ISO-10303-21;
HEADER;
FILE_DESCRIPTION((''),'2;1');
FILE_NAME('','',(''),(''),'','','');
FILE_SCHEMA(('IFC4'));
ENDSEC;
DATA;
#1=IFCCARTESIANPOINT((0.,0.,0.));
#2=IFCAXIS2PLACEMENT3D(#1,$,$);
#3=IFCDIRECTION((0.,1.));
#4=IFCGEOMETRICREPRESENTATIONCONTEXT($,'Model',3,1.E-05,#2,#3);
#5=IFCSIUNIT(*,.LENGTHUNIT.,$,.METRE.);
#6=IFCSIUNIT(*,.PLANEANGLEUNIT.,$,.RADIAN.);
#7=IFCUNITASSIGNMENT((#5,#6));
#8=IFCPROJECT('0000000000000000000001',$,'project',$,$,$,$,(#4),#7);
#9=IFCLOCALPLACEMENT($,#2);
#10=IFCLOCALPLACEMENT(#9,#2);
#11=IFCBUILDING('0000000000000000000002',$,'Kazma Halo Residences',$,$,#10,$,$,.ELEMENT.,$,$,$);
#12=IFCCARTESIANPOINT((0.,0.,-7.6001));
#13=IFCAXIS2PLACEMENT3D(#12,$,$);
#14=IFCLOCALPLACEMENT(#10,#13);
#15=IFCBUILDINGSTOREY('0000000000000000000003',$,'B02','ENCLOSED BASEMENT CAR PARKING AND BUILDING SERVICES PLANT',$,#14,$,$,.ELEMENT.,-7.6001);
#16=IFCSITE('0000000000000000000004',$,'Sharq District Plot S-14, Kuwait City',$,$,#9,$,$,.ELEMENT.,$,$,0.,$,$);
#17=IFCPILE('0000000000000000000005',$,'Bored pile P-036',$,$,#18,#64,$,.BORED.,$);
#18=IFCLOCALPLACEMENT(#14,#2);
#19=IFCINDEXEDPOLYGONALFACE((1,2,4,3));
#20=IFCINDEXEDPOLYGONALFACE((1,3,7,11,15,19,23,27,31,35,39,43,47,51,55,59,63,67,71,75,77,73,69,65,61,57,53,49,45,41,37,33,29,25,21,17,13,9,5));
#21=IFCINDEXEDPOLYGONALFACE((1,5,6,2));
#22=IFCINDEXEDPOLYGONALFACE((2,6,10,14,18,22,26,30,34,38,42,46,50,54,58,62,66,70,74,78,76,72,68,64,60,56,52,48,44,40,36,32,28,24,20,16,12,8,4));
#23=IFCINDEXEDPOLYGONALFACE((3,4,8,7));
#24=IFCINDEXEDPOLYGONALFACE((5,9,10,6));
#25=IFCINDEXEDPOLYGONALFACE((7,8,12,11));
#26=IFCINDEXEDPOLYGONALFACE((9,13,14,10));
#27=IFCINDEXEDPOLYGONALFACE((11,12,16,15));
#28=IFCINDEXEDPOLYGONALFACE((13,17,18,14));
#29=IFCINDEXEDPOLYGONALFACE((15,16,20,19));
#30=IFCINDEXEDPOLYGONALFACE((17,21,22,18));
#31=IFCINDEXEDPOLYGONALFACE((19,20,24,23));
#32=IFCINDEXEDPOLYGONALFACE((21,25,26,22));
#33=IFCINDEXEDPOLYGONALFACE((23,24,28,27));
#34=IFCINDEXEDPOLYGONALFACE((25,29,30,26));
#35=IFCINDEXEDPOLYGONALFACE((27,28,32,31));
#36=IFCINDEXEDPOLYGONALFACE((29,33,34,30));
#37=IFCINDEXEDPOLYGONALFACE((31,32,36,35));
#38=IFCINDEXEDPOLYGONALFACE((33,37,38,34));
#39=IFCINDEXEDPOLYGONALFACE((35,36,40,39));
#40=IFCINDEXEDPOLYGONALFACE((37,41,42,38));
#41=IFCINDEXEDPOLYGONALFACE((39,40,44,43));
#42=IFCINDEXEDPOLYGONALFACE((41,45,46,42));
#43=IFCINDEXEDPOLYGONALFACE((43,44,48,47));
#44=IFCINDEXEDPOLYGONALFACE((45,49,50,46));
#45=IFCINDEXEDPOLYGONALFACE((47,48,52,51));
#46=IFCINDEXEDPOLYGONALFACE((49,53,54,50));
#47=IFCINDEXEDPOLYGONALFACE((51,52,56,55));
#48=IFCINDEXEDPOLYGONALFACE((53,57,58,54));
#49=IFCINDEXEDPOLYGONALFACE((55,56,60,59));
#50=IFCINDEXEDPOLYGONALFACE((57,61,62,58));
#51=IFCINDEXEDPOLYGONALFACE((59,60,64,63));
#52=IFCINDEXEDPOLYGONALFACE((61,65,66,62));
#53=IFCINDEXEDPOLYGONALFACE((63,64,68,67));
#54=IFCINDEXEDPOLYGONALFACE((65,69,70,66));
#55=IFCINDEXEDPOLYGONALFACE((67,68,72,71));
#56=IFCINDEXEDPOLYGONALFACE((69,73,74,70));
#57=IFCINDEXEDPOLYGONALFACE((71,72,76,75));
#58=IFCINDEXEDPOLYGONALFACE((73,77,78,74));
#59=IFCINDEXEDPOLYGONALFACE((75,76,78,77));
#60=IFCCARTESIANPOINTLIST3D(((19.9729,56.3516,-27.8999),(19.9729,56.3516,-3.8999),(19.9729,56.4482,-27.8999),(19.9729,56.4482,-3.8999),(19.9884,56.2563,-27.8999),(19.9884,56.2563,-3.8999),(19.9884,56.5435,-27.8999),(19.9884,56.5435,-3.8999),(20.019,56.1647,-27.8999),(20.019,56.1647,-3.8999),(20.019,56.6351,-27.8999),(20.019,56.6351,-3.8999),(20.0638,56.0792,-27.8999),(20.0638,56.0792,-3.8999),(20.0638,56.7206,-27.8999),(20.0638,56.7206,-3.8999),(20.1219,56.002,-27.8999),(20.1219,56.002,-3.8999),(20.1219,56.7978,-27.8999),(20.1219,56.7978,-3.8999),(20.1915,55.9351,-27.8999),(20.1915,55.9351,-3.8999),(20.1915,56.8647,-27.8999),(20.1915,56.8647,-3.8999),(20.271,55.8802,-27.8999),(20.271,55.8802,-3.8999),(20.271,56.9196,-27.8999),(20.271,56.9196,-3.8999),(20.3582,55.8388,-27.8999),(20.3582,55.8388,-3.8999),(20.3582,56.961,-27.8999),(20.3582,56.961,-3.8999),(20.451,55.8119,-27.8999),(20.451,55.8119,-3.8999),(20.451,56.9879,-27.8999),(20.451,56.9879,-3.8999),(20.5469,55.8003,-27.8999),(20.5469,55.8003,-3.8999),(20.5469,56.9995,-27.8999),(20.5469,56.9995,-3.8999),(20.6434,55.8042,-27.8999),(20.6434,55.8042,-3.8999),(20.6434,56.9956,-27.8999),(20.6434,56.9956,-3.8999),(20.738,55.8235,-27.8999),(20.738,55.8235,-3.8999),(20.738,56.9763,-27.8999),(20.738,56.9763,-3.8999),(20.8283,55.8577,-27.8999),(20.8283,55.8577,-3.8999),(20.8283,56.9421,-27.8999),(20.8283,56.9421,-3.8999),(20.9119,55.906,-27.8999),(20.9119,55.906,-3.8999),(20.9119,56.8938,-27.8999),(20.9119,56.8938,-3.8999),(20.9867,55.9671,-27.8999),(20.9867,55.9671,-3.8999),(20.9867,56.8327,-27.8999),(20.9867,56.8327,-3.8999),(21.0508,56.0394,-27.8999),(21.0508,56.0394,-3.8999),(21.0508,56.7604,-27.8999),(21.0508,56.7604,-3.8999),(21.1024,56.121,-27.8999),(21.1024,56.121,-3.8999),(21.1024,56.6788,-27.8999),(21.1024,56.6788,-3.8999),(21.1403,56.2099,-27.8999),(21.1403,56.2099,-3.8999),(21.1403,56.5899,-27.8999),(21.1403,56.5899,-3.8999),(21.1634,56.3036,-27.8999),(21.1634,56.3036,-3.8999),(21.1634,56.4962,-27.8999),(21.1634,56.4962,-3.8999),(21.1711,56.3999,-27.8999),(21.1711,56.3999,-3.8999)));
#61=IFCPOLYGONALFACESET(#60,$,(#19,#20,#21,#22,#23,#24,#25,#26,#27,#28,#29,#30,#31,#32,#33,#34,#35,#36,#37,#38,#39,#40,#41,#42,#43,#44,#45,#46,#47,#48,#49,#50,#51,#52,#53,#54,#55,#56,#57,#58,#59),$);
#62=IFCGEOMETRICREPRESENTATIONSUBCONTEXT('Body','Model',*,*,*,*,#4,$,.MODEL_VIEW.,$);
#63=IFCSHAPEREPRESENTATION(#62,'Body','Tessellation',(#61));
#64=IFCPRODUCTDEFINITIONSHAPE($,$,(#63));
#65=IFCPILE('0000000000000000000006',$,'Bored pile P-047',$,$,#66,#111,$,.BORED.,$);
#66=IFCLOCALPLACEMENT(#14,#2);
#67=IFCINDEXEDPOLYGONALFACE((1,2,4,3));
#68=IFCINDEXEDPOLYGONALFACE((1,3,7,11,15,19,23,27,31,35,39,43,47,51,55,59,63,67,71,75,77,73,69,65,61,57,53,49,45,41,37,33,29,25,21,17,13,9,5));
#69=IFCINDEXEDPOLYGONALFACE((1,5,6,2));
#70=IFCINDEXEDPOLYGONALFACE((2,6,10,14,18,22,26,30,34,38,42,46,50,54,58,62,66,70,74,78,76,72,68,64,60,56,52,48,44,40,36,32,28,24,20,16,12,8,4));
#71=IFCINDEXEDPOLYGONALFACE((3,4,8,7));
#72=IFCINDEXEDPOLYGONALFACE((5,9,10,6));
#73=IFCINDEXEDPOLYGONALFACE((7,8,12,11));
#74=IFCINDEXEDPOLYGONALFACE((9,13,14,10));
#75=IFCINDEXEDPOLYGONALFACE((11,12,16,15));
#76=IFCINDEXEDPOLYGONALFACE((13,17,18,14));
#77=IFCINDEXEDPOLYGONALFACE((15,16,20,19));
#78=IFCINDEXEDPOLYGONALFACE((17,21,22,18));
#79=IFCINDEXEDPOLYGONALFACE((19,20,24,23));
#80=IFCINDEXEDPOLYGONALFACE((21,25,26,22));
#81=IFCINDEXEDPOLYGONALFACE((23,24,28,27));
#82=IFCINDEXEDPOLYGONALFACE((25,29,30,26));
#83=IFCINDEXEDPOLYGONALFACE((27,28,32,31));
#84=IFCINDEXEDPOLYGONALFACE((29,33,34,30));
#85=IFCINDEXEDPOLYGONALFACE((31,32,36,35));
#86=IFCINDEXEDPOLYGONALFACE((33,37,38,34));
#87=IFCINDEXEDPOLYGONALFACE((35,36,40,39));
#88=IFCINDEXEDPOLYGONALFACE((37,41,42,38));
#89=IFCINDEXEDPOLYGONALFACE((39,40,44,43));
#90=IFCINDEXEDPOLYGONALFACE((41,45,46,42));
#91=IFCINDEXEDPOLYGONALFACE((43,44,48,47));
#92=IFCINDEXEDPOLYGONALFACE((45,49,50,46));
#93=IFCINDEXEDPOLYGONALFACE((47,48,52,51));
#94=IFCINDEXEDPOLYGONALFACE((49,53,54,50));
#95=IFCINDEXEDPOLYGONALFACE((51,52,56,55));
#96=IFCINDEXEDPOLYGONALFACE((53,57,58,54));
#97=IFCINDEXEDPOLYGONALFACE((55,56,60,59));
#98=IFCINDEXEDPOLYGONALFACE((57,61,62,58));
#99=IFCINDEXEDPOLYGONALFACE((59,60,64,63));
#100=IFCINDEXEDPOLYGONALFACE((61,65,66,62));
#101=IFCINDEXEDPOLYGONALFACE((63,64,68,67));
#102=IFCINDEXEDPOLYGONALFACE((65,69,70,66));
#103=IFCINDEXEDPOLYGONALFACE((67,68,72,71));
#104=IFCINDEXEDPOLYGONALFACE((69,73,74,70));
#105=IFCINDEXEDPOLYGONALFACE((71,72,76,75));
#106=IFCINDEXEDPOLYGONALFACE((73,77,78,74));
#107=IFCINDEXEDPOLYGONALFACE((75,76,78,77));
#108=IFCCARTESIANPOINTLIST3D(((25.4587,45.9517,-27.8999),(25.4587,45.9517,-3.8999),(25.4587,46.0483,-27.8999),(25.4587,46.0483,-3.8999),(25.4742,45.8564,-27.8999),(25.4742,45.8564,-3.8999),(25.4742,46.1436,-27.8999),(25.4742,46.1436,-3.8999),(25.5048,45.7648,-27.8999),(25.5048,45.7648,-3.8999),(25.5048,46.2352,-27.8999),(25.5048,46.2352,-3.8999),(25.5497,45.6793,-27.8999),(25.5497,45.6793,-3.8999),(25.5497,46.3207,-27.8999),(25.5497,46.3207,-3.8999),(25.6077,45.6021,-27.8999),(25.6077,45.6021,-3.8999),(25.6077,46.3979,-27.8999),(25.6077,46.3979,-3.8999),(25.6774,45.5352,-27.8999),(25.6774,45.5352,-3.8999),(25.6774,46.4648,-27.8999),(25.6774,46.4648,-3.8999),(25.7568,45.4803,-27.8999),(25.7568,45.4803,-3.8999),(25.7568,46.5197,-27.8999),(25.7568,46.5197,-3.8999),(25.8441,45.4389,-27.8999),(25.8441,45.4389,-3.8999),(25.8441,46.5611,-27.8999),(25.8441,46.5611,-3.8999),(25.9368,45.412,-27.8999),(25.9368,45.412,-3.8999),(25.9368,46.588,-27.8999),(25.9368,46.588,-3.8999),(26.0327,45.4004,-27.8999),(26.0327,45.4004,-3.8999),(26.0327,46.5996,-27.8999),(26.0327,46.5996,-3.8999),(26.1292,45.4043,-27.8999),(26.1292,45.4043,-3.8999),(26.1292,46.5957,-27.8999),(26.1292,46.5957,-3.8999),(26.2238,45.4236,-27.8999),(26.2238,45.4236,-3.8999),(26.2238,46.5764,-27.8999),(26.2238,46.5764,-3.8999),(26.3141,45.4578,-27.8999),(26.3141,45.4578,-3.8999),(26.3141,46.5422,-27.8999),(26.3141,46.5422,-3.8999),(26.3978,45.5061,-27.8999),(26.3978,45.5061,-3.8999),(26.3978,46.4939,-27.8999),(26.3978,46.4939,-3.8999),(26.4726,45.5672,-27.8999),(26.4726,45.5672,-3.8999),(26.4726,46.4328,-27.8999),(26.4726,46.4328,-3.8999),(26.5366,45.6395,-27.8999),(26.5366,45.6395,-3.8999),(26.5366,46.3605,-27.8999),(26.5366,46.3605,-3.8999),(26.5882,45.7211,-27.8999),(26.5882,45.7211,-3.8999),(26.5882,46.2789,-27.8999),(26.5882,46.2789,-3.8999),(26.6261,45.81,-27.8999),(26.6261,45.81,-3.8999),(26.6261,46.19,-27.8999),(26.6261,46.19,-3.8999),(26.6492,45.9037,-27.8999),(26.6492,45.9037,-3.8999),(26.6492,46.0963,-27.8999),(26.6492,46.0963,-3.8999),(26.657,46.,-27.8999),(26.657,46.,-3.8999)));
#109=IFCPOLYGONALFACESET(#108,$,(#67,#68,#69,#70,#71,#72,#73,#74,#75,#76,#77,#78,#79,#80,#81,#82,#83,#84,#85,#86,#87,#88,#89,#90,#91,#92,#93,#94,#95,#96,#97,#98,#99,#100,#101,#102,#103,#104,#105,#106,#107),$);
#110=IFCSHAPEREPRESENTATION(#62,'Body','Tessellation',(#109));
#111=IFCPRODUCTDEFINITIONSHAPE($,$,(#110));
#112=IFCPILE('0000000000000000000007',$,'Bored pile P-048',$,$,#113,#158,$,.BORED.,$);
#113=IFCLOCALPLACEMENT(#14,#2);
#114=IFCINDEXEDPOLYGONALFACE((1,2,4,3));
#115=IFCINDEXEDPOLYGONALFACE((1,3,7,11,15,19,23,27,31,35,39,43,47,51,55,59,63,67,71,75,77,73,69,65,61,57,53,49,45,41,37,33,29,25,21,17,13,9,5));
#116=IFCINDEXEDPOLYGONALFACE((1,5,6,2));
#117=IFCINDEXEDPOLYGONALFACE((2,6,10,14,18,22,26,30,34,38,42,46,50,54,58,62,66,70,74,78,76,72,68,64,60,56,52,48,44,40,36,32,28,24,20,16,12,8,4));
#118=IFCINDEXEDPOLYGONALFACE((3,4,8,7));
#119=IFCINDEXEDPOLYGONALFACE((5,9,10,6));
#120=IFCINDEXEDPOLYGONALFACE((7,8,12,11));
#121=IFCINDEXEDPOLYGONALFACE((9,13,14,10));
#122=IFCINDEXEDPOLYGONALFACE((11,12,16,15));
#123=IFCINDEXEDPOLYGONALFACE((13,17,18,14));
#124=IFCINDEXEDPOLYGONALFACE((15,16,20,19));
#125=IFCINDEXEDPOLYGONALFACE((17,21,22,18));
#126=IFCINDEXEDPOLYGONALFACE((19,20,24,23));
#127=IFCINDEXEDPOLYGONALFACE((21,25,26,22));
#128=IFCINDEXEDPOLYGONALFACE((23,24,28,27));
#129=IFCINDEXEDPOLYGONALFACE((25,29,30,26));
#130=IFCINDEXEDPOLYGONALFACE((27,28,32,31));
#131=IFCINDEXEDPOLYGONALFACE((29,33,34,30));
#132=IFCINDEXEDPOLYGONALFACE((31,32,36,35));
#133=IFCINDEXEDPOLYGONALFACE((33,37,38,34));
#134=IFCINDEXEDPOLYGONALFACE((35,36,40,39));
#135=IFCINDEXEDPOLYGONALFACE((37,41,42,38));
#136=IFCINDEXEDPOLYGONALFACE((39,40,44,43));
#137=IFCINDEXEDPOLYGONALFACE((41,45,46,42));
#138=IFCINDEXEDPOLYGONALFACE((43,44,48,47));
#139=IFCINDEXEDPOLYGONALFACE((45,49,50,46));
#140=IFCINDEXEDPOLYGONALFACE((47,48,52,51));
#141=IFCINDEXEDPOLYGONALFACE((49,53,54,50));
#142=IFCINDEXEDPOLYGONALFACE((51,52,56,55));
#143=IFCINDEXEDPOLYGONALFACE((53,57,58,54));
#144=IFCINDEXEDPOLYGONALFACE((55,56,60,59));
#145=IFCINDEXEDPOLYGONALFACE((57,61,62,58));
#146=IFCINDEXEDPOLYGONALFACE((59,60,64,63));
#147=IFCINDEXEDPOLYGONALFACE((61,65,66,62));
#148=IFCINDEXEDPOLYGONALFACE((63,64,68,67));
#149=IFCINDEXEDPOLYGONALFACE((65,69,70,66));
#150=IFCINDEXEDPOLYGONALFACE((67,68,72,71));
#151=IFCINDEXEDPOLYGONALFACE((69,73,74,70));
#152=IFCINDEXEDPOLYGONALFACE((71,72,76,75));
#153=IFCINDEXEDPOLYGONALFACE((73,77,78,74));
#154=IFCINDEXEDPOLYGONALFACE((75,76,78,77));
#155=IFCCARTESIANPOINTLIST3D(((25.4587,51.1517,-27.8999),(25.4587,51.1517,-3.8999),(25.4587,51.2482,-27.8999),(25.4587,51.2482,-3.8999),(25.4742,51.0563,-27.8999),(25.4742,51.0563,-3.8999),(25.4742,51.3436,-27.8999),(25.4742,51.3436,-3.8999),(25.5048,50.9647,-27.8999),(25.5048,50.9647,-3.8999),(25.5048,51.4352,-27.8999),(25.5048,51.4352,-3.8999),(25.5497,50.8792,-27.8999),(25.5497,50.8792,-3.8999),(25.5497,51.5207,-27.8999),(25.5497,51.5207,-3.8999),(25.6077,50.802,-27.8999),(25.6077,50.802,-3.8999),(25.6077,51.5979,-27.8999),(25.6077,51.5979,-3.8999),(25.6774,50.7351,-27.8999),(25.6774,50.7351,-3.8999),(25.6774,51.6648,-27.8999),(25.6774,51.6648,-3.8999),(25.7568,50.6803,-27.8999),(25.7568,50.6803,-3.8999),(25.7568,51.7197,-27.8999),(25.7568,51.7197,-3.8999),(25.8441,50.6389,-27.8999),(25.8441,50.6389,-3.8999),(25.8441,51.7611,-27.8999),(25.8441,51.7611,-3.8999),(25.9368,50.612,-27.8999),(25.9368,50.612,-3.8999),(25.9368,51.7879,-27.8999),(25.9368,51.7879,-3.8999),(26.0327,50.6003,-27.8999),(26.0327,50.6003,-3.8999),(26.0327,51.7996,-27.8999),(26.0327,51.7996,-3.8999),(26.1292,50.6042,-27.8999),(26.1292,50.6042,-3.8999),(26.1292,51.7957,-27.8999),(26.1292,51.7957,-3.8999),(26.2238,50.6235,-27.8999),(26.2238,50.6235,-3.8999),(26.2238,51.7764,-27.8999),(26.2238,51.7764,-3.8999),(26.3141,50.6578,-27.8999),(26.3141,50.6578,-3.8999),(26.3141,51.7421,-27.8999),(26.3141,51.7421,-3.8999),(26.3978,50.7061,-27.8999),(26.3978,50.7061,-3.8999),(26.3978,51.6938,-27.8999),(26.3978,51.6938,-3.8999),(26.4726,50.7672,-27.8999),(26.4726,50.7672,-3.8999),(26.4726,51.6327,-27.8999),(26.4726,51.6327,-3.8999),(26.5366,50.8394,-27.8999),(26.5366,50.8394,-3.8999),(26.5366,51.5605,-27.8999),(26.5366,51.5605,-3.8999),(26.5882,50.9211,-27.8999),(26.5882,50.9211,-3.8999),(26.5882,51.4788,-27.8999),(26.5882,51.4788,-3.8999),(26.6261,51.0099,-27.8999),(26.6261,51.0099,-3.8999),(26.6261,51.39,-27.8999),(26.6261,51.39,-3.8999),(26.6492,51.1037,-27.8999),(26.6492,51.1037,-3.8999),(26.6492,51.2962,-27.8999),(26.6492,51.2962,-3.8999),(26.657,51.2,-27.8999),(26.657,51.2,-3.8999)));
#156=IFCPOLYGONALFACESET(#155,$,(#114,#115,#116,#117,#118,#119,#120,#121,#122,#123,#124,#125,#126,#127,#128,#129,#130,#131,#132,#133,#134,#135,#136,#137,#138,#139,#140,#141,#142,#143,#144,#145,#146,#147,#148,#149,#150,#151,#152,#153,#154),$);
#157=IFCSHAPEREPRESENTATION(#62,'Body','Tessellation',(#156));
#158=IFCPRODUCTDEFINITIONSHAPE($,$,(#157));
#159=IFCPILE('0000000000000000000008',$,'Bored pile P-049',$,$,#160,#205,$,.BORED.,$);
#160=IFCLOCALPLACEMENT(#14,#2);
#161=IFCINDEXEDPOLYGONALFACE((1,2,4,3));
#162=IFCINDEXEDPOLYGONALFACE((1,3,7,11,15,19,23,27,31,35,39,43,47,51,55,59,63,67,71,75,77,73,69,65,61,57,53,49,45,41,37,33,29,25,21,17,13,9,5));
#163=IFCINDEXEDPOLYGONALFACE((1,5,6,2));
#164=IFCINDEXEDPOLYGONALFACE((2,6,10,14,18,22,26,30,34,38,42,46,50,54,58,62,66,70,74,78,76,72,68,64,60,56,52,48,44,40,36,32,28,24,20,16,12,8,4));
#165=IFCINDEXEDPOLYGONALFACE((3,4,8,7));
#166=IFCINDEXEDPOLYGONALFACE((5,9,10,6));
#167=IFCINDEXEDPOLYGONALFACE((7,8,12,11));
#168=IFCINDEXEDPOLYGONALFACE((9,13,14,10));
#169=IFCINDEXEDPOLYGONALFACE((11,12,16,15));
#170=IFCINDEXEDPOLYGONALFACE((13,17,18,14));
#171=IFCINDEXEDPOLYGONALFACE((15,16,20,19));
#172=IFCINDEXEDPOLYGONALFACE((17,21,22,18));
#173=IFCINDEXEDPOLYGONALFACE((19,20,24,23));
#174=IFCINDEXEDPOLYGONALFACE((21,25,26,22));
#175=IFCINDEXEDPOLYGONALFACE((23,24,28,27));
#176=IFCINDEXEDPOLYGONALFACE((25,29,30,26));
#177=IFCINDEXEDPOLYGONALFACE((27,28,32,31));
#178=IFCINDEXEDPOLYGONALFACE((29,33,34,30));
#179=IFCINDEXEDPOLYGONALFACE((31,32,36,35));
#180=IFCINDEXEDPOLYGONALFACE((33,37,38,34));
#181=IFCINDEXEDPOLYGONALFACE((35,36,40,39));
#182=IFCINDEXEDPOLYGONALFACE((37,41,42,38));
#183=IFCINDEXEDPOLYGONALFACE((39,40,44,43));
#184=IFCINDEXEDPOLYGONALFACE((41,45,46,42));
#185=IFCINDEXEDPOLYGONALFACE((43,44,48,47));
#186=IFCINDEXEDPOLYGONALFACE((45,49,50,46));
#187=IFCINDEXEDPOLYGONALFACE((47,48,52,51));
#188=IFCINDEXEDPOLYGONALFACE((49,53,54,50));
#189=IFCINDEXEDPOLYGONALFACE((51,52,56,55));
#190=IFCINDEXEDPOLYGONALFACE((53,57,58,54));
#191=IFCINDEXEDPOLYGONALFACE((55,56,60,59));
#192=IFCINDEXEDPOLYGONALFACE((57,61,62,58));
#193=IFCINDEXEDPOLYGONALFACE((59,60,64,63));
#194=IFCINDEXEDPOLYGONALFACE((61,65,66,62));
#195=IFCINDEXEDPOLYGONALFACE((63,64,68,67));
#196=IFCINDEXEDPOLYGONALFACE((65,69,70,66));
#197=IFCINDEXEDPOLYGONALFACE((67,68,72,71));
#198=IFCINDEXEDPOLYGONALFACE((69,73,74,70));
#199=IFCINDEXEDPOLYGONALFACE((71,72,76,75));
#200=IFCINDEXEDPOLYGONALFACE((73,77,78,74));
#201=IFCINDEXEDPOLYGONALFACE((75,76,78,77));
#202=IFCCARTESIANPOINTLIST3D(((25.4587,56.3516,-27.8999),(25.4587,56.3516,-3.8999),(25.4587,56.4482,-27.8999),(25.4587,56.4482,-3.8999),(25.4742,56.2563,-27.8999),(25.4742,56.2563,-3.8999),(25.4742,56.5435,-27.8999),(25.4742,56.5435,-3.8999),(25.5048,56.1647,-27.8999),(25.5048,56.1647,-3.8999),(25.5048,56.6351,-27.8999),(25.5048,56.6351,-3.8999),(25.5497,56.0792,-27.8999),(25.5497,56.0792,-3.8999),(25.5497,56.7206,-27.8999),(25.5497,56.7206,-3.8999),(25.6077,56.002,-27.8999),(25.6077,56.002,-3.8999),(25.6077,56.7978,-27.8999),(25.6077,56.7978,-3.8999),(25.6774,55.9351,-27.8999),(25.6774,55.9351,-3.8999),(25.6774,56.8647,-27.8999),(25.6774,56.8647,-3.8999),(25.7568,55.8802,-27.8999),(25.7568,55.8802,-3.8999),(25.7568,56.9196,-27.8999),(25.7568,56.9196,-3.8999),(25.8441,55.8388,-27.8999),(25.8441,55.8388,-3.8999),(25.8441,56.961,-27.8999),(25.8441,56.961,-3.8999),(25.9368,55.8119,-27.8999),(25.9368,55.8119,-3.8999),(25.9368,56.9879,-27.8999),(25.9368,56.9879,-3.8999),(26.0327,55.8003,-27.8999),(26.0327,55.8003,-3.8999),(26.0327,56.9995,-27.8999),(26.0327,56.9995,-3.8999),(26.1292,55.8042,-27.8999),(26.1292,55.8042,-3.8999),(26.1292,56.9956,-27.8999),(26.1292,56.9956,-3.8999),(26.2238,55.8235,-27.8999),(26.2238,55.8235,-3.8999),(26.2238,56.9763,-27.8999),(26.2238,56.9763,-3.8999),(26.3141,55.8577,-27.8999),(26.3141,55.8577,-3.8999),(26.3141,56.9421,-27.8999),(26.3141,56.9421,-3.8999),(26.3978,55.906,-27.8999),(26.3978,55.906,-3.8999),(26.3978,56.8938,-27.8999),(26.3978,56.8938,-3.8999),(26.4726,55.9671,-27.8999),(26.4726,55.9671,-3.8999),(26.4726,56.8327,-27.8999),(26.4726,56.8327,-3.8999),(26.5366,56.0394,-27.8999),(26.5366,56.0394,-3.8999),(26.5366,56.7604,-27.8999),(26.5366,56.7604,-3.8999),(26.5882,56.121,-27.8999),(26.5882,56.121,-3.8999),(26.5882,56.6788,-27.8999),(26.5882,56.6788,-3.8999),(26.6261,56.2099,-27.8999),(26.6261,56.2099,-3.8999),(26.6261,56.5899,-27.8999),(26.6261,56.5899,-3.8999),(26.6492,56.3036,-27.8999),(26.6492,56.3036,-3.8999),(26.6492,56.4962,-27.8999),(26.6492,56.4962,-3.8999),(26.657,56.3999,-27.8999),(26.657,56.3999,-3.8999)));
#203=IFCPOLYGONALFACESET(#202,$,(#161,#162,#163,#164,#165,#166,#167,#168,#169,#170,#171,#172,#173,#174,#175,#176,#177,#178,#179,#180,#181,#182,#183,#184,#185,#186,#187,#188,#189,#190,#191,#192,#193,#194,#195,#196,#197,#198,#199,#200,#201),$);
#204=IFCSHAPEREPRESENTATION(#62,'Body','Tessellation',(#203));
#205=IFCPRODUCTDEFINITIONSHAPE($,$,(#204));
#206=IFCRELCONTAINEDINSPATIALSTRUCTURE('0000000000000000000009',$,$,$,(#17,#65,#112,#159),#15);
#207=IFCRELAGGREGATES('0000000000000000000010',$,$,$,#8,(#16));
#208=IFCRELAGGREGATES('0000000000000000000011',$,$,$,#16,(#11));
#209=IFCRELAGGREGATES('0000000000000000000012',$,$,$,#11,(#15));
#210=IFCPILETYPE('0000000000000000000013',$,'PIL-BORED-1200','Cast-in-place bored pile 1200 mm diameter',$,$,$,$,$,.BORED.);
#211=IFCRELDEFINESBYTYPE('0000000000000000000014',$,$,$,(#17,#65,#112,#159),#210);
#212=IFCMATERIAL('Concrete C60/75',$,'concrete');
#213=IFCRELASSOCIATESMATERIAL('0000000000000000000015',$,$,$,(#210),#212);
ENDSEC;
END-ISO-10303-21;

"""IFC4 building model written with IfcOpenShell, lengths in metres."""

from ifc_helpers import new_model, si_unit, direction, frame, origin, origin_2d, place, context, subcontext, project, spatial, circle, extrude, material, material_profile, profile_set, type_object, element, save


model = new_model("IFC4")

# Units and contexts
model_context = context("Model", 3, precision=1e-05, world=origin(), true_north=direction((0.0, 1.0)))
body_context = subcontext(model_context, "Body", "Model", "MODEL_VIEW")
ifc_project = project(units=[si_unit("LENGTHUNIT", "METRE"), si_unit("PLANEANGLEUNIT", "RADIAN")], contexts=[model_context])

# Site, building, storey
site_placement = place(None, origin())
site = spatial("IfcSite", under=ifc_project, at=site_placement, Name="Sharq District Plot S-14, Kuwait City", CompositionType="ELEMENT", RefElevation=0.0)
building_placement = place(site_placement, origin())
building = spatial("IfcBuilding", under=site, at=building_placement, Name="Kazma Halo Residences", CompositionType="ELEMENT")
storey_placement = place(building_placement, frame((0.0, 0.0, -7.6001)))
storey = spatial("IfcBuildingStorey", under=building, at=storey_placement, Name="B02", Description="ENCLOSED BASEMENT CAR PARKING AND BUILDING SERVICES PLANT", CompositionType="ELEMENT", Elevation=-7.6001)

# Piles
ifc_material_1 = material(Name="Concrete C60/75", Category="concrete")
ifc_material_profile_1 = material_profile(ifc_material_1, circle(Radius=0.6001, at=origin_2d()), Name="CIRC1200")
ifc_profile_set_1 = profile_set([ifc_material_profile_1], Name="Concrete C60/75")
pile_type = type_object("IfcPileType", Name="PIL-BORED-1200", Description="Cast-in-place bored pile 1200 mm diameter", PredefinedType="BORED", material=ifc_profile_set_1)
for number, where, z_axis, x_axis, name in (
    (1, (20.571, 56.3999, -3.8999), (0.0, 0.0, -1.0), (1.0, 0.0, 0.0), "Bored pile P-036"),
    (2, (26.0569, 46.0, -3.8999), (0.0, 0.0, -1.0), (1.0, 0.0, 0.0), "Bored pile P-047"),
    (3, (26.0569, 51.2, -3.8999), (0.0, 0.0, -1.0), (1.0, 0.0, 0.0), "Bored pile P-048"),
    (4, (26.0569, 56.3999, -3.8999), (0.0, 0.0, -1.0), (1.0, 0.0, 0.0), "Bored pile P-049"),
):
    element("IfcPile", number, at=place(storey_placement, frame(where, z_axis=z_axis, x_axis=x_axis)), inside=storey, type_object=pile_type, Name=name, PredefinedType="BORED", context=body_context, shape_type="SweptSolid", body=[
        extrude(circle(Radius=0.6001, at=origin_2d()), origin(), (0.0, 0.0, 1.0), 24.0),
    ])

save(model, "model.ifc")
